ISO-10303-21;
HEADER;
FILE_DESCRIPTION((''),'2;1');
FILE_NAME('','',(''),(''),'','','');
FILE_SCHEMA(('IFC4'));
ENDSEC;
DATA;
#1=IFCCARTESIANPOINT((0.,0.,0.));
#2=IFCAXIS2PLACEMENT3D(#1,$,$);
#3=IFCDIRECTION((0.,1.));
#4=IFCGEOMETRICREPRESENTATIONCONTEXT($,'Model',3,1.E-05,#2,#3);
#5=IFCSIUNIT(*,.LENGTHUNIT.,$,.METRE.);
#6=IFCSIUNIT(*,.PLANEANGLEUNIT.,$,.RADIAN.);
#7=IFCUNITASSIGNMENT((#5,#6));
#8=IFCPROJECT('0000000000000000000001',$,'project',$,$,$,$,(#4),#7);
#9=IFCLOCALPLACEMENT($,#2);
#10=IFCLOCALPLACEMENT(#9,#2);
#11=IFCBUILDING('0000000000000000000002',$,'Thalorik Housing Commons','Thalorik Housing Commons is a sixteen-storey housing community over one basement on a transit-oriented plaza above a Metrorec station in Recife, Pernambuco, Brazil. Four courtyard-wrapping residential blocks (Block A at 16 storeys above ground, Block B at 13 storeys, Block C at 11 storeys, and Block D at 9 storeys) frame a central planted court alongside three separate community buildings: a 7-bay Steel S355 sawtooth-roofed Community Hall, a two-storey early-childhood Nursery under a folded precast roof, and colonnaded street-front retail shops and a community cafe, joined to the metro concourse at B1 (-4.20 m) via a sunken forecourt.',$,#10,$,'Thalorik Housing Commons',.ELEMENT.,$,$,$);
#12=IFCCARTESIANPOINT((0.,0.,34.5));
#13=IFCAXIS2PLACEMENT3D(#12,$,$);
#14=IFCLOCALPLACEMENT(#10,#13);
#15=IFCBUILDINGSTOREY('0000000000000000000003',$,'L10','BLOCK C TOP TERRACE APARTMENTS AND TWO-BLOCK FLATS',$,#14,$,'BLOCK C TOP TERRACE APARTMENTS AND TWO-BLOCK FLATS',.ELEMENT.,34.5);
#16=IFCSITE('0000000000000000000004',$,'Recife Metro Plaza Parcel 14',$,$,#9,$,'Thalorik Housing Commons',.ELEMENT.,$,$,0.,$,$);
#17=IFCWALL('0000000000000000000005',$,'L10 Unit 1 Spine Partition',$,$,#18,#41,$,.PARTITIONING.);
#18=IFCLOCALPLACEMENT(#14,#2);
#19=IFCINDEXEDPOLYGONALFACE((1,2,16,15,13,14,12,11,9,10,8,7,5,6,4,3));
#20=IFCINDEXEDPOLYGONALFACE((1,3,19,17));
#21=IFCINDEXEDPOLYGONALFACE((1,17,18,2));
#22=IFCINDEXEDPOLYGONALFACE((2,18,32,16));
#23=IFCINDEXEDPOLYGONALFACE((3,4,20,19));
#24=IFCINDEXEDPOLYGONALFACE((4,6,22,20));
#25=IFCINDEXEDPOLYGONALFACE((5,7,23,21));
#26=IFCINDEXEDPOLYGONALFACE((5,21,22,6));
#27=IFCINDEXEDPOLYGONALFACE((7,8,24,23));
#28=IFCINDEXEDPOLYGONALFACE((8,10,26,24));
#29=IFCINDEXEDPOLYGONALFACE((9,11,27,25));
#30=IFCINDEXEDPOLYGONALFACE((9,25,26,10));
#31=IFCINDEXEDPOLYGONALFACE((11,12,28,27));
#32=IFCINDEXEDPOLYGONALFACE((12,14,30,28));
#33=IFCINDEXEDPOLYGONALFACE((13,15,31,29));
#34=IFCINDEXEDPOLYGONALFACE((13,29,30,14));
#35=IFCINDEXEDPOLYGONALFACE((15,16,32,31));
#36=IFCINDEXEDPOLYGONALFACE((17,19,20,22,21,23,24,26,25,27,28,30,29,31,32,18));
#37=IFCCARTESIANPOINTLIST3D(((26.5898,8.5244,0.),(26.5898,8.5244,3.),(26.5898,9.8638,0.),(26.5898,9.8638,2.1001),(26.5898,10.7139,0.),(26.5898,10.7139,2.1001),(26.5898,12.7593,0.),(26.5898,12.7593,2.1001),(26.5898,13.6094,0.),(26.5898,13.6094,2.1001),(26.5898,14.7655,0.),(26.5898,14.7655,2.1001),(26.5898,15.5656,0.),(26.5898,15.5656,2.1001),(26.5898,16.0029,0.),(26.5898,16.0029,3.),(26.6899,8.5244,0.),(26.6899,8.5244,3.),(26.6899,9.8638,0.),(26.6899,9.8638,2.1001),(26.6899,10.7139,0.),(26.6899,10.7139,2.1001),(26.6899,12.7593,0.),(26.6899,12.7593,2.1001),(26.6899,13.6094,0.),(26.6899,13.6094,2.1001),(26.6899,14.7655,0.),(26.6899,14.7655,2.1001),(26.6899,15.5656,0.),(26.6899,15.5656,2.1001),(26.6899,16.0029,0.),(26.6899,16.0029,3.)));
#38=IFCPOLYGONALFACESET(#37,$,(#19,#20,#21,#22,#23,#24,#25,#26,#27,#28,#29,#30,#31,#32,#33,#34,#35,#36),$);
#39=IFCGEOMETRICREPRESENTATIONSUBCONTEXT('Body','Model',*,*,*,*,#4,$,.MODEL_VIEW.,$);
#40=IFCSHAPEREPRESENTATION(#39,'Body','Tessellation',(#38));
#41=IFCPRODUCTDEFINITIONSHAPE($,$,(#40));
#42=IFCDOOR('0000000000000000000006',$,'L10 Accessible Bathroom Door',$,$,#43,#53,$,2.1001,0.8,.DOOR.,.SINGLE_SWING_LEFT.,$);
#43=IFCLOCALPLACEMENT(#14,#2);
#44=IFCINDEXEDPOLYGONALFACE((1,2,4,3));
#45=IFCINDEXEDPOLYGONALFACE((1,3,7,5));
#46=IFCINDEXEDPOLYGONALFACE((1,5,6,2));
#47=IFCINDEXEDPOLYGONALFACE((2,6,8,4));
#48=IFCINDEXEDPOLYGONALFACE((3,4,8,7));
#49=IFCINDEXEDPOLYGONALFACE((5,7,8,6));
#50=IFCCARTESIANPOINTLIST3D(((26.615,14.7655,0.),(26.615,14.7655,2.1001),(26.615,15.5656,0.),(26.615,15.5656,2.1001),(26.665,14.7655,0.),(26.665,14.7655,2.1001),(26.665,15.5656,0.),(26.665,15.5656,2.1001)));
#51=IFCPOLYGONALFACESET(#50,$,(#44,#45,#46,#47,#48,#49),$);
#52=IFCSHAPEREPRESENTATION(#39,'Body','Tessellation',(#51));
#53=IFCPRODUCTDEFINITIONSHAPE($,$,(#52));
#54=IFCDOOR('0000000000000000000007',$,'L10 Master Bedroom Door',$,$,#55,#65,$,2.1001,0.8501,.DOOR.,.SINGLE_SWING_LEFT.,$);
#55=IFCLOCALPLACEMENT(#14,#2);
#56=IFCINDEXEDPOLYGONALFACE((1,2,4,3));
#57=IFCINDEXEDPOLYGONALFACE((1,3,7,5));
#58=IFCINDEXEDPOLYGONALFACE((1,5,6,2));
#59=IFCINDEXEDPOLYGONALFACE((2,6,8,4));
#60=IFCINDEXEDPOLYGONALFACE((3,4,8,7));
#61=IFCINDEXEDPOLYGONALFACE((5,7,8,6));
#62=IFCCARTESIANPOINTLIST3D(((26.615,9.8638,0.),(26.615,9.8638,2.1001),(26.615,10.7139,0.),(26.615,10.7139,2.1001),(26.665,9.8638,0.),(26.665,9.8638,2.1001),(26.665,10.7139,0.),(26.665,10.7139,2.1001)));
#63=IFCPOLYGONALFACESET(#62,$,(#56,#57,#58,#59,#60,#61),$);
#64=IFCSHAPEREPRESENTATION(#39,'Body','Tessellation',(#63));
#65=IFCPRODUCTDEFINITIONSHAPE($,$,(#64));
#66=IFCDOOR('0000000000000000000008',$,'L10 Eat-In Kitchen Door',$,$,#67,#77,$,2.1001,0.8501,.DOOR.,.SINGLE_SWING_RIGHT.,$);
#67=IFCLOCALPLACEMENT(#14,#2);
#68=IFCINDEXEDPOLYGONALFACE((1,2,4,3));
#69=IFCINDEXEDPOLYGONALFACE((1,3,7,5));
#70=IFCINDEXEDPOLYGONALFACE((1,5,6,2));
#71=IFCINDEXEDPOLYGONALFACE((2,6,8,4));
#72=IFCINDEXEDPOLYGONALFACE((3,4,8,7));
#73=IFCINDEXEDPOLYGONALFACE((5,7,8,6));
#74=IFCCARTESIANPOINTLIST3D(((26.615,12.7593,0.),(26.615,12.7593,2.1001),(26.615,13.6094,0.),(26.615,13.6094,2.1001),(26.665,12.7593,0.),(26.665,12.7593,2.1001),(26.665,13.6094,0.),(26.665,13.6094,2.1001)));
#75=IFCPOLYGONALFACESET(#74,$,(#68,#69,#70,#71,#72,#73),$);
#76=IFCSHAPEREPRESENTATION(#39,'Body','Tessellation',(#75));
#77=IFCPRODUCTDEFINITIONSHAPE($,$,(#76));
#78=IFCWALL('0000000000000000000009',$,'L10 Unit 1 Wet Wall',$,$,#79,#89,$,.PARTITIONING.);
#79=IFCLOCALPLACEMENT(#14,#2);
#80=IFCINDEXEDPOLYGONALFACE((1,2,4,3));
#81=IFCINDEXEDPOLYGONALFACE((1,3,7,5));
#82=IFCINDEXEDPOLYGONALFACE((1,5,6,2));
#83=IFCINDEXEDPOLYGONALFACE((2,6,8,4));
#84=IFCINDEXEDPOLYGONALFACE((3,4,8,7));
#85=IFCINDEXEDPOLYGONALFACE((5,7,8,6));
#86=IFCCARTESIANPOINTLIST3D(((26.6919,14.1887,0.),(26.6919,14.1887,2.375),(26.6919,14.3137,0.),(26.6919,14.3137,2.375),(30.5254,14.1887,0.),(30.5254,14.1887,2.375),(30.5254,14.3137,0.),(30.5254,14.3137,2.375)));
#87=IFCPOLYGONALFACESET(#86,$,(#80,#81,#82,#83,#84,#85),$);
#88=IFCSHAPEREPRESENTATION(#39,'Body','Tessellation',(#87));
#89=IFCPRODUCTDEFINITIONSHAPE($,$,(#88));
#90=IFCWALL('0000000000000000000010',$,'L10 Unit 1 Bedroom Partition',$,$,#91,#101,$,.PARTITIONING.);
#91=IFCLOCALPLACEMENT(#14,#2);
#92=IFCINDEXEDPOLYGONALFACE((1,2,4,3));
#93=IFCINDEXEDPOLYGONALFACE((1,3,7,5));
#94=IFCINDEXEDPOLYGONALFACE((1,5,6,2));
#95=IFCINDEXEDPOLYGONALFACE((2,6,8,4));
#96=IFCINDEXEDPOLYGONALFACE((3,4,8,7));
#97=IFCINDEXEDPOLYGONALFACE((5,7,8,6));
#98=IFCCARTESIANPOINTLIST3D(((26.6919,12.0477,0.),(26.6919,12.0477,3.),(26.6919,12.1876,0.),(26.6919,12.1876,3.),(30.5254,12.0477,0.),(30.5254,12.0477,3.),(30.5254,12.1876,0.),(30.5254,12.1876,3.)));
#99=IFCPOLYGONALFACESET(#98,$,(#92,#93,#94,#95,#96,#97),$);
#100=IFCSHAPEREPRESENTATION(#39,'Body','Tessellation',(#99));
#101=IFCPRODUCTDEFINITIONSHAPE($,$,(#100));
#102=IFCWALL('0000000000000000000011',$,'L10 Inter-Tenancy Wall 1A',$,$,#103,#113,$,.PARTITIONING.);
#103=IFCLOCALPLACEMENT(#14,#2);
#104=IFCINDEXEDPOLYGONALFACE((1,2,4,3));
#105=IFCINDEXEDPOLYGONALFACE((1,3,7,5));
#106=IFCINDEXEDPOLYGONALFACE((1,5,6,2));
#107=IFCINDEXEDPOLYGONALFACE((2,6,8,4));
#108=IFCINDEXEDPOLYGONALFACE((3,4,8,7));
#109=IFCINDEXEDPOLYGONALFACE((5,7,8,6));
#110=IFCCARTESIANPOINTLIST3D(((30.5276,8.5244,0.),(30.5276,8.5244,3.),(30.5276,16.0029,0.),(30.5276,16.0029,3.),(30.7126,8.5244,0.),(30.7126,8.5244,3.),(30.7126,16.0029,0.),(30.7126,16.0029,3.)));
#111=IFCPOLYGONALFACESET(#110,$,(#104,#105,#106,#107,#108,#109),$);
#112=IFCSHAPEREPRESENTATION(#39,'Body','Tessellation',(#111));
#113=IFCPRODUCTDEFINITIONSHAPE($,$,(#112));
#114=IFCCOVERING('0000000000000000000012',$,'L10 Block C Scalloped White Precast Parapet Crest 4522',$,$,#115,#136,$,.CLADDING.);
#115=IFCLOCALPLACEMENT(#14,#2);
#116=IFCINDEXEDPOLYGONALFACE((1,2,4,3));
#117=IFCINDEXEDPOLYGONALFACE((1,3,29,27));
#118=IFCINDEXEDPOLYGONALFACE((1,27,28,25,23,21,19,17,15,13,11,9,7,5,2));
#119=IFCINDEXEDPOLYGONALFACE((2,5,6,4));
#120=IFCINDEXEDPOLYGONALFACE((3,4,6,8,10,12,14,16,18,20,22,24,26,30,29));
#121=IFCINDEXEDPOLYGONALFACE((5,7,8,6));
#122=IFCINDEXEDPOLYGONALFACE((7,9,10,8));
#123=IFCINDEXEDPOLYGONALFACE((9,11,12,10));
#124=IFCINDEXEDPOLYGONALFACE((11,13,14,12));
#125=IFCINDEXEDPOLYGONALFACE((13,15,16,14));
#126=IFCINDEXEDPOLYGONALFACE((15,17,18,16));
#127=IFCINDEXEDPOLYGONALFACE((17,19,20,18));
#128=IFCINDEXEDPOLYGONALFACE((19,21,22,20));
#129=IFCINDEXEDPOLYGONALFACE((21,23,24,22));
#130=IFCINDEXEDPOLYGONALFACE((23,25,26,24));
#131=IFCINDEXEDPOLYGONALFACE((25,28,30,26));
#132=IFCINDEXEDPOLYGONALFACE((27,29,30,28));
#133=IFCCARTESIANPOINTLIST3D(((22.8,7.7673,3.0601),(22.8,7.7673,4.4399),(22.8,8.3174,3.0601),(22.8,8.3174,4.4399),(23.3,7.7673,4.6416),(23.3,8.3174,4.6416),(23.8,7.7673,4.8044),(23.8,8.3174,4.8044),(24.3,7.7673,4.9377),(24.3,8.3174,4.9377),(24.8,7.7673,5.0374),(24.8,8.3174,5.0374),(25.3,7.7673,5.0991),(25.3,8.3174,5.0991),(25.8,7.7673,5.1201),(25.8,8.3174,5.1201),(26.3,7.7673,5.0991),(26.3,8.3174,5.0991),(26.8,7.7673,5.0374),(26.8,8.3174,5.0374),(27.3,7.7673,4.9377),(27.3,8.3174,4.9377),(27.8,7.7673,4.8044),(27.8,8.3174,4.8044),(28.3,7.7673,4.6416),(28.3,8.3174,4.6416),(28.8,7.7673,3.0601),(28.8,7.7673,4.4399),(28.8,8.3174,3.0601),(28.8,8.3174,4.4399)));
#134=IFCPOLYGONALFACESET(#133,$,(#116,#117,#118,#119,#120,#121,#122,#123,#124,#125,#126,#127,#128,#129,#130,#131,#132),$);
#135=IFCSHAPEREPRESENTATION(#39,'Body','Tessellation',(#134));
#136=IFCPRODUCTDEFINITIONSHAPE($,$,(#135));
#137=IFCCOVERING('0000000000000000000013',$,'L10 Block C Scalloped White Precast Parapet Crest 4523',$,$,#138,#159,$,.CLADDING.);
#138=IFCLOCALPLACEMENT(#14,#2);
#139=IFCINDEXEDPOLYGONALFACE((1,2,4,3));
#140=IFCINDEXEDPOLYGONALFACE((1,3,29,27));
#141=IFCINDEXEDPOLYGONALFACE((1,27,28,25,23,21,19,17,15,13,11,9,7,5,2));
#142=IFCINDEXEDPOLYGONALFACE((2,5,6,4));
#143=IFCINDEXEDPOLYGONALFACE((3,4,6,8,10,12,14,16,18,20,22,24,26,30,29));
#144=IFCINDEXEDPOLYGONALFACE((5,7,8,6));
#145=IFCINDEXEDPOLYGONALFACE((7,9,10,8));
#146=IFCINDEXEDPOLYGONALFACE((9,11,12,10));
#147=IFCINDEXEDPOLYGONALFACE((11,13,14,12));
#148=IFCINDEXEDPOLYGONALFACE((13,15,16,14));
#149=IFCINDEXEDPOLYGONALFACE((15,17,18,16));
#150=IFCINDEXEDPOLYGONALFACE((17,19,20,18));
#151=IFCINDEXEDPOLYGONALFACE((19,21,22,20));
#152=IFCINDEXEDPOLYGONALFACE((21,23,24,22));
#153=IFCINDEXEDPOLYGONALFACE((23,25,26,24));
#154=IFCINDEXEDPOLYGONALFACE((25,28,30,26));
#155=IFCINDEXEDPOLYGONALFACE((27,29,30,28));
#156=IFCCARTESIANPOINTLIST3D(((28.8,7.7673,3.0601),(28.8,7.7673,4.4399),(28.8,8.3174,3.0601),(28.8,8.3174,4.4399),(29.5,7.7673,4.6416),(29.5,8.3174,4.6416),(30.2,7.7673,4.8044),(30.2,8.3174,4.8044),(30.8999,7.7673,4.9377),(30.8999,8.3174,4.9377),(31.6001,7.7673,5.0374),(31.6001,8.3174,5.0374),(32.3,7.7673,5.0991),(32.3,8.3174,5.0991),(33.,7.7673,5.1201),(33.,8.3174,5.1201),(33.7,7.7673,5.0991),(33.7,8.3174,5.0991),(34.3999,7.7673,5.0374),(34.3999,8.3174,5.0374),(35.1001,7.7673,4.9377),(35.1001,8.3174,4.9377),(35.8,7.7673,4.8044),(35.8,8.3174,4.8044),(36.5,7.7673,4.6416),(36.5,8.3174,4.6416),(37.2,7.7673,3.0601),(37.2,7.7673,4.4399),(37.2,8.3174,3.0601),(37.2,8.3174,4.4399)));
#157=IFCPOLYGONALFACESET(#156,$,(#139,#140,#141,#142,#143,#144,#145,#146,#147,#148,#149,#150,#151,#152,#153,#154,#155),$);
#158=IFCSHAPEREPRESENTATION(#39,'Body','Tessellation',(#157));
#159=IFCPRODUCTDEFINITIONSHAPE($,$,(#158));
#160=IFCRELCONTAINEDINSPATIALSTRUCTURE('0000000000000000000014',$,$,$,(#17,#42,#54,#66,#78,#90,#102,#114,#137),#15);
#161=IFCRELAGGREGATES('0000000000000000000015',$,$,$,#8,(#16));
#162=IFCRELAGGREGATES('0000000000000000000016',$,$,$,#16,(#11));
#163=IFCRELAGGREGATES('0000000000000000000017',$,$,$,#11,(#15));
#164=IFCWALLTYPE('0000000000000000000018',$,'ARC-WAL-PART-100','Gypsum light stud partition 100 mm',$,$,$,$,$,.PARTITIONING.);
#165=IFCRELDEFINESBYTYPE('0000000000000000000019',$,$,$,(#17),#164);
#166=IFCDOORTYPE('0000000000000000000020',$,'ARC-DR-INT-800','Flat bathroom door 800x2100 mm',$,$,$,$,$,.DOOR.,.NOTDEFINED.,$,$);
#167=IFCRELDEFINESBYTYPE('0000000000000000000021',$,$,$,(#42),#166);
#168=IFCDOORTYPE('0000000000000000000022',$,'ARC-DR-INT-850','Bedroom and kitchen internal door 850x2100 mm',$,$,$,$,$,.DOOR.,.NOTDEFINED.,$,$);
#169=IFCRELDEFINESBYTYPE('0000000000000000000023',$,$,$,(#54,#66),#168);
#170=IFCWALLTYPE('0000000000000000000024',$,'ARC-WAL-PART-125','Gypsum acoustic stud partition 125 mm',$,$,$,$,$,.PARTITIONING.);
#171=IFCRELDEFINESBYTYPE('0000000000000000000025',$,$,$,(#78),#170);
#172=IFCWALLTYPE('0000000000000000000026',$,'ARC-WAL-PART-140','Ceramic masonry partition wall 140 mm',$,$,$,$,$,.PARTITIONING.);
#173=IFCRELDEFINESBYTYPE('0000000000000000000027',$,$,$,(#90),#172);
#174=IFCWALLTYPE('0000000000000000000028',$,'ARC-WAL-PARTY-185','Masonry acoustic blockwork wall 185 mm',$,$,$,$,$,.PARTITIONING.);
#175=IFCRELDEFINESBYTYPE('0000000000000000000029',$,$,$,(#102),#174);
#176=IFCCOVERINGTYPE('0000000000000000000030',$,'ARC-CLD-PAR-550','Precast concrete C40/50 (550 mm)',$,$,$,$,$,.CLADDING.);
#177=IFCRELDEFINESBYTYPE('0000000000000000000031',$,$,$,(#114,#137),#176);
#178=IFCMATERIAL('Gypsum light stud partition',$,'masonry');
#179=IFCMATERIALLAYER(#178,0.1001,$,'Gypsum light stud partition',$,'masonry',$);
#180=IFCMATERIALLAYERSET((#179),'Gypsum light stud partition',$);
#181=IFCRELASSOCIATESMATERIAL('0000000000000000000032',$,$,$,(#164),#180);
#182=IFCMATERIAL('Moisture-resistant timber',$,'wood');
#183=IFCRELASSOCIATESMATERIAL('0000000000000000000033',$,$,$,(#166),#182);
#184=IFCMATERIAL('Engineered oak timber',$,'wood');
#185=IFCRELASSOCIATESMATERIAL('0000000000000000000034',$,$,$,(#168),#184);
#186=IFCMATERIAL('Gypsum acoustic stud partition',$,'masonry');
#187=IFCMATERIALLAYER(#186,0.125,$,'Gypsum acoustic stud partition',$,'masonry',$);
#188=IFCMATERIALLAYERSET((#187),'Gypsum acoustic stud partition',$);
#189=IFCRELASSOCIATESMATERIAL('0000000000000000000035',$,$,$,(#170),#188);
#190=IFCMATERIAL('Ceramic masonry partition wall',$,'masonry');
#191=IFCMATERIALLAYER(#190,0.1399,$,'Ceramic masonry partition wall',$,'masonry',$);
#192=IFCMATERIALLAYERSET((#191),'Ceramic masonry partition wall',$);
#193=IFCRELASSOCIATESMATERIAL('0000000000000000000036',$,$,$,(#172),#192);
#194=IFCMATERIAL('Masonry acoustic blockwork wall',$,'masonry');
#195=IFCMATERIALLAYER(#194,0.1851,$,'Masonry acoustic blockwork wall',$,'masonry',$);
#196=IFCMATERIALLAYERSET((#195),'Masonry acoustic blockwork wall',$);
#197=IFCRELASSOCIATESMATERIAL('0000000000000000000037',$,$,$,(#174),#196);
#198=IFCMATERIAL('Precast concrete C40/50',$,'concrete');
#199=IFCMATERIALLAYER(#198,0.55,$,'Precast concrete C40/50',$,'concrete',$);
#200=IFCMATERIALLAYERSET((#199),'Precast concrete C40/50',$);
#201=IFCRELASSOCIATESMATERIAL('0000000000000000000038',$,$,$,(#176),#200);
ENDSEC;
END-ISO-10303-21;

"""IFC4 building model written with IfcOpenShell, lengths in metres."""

from ifc_helpers import new_model, si_unit, direction, frame, frame_2d, origin, place, context, subcontext, project, spatial, polyline, rectangle, outline, extrude, material, layer, layer_set, type_object, element, fill, save


model = new_model("IFC4")

# Units and contexts
model_context = context("Model", 3, precision=1e-05, world=origin(), true_north=direction((0.0, 1.0)))
body_context = subcontext(model_context, "Body", "Model", "MODEL_VIEW")
ifc_project = project(units=[si_unit("LENGTHUNIT", "METRE"), si_unit("PLANEANGLEUNIT", "RADIAN")], contexts=[model_context])

# Site, building, storey
site_placement = place(None, origin())
site = spatial("IfcSite", under=ifc_project, at=site_placement, Name="Recife Metro Plaza Parcel 14", LongName="Thalorik Housing Commons", CompositionType="ELEMENT", RefElevation=0.0)
building_placement = place(site_placement, origin())
building = spatial("IfcBuilding", under=site, at=building_placement, Name="Thalorik Housing Commons", Description="Thalorik Housing Commons is a sixteen-storey housing community over one basement on a transit-oriented plaza above a Metrorec station in Recife, Pernambuco, Brazil. Four courtyard-wrapping residential blocks (Block A at 16 storeys above ground, Block B at 13 storeys, Block C at 11 storeys, and Block D at 9 storeys) frame a central planted court alongside three separate community buildings: a 7-bay Steel S355 sawtooth-roofed Community Hall, a two-storey early-childhood Nursery under a folded precast roof, and colonnaded street-front retail shops and a community cafe, joined to the metro concourse at B1 (-4.20 m) via a sunken forecourt.", LongName="Thalorik Housing Commons", CompositionType="ELEMENT")
storey_placement = place(building_placement, frame((0.0, 0.0, 34.5)))
storey = spatial("IfcBuildingStorey", under=building, at=storey_placement, Name="L10", Description="BLOCK C TOP TERRACE APARTMENTS AND TWO-BLOCK FLATS", LongName="BLOCK C TOP TERRACE APARTMENTS AND TWO-BLOCK FLATS", CompositionType="ELEMENT", Elevation=34.5)

# Shared definitions
ifc_material_1 = material(Name="Precast concrete C40/50", Category="concrete")

# Wall, openings, doors
ifc_material_2 = material(Name="Gypsum light stud partition", Category="masonry")
ifc_layer_1 = layer(ifc_material_2, 0.1001, Name="Gypsum light stud partition", Category="masonry")
ifc_layer_set_1 = layer_set([ifc_layer_1], Name="Gypsum light stud partition")
wall_type_1 = type_object("IfcWallType", Name="ARC-WAL-PART-100", Description="Gypsum light stud partition 100 mm", PredefinedType="PARTITIONING", material=ifc_layer_set_1)
wall_1_placement = place(storey_placement, frame((26.6399, 8.5244, 0.0), z_axis=(0.0, 0.0, 1.0), x_axis=(0.0, 1.0, 0.0)))
wall_1 = element("IfcWall", 1, at=wall_1_placement, inside=storey, type_object=wall_type_1, Name="L10 Unit 1 Spine Partition", PredefinedType="PARTITIONING", context=body_context, shape_type="SweptSolid", body=[
    extrude(rectangle(XDim=7.4785, YDim=0.1001, at=frame_2d((3.7393, 0.0))), origin(), (0.0, 0.0, 1.0), 3.0),
])
opening_1_placement = place(wall_1_placement, frame((1.3394, 0.0, 0.0)))
opening_1 = element("IfcOpeningElement", 2, at=opening_1_placement, cuts=wall_1, PredefinedType="OPENING", context=body_context, shape_type="SweptSolid", body=[
    extrude(rectangle(XDim=0.8501, YDim=2.1001, at=frame_2d((0.425, 1.05))), frame((0.0, 0.0601, 0.0), z_axis=(0.0, -1.0, 0.0), x_axis=(1.0, 0.0, 0.0)), (0.0, 0.0, 1.0), 0.1201),
])
opening_2_placement = place(wall_1_placement, frame((4.2349, 0.0, 0.0)))
opening_2 = element("IfcOpeningElement", 3, at=opening_2_placement, cuts=wall_1, PredefinedType="OPENING", context=body_context, shape_type="SweptSolid", body=[
    extrude(rectangle(XDim=0.8501, YDim=2.1001, at=frame_2d((0.425, 1.05))), frame((0.0, 0.0601, 0.0), z_axis=(0.0, -1.0, 0.0), x_axis=(1.0, 0.0, 0.0)), (0.0, 0.0, 1.0), 0.1201),
])
opening_3_placement = place(wall_1_placement, frame((6.2412, 0.0, 0.0)))
opening_3 = element("IfcOpeningElement", 4, at=opening_3_placement, cuts=wall_1, PredefinedType="OPENING", context=body_context, shape_type="SweptSolid", body=[
    extrude(rectangle(XDim=0.8, YDim=2.1001, at=frame_2d((0.3999, 1.05))), frame((0.0, 0.0601, 0.0), z_axis=(0.0, -1.0, 0.0), x_axis=(1.0, 0.0, 0.0)), (0.0, 0.0, 1.0), 0.1201),
])
ifc_material_3 = material(Name="Moisture-resistant timber", Category="wood")
door_type_1 = type_object("IfcDoorType", Name="ARC-DR-INT-800", Description="Flat bathroom door 800x2100 mm", OperationType="NOTDEFINED", PredefinedType="DOOR", material=ifc_material_3)
door_1_placement = place(opening_3_placement, origin())
door_1 = element("IfcDoor", 5, at=door_1_placement, inside=storey, type_object=door_type_1, Name="L10 Accessible Bathroom Door", OperationType="SINGLE_SWING_LEFT", OverallHeight=2.1001, OverallWidth=0.8, PredefinedType="DOOR", context=body_context, shape_type="SweptSolid", body=[
    extrude(rectangle(XDim=0.8, YDim=2.1001, at=frame_2d((0.3999, 1.05))), frame((0.0, 0.0249, 0.0), z_axis=(0.0, -1.0, 0.0), x_axis=(1.0, 0.0, 0.0)), (0.0, 0.0, 1.0), 0.05),
])
fill(opening_3, door_1)
ifc_material_4 = material(Name="Engineered oak timber", Category="wood")
door_type_2 = type_object("IfcDoorType", Name="ARC-DR-INT-850", Description="Bedroom and kitchen internal door 850x2100 mm", OperationType="NOTDEFINED", PredefinedType="DOOR", material=ifc_material_4)
door_2_placement = place(opening_1_placement, origin())
door_2 = element("IfcDoor", 6, at=door_2_placement, inside=storey, type_object=door_type_2, Name="L10 Master Bedroom Door", OperationType="SINGLE_SWING_LEFT", OverallHeight=2.1001, OverallWidth=0.8501, PredefinedType="DOOR", context=body_context, shape_type="SweptSolid", body=[
    extrude(rectangle(XDim=0.8501, YDim=2.1001, at=frame_2d((0.425, 1.05))), frame((0.0, 0.0249, 0.0), z_axis=(0.0, -1.0, 0.0), x_axis=(1.0, 0.0, 0.0)), (0.0, 0.0, 1.0), 0.05),
])
fill(opening_1, door_2)
door_3_placement = place(opening_2_placement, origin())
door_3 = element("IfcDoor", 7, at=door_3_placement, inside=storey, type_object=door_type_2, Name="L10 Eat-In Kitchen Door", OperationType="SINGLE_SWING_RIGHT", OverallHeight=2.1001, OverallWidth=0.8501, PredefinedType="DOOR", context=body_context, shape_type="SweptSolid", body=[
    extrude(rectangle(XDim=0.8501, YDim=2.1001, at=frame_2d((0.425, 1.05))), frame((0.0, 0.0249, 0.0), z_axis=(0.0, -1.0, 0.0), x_axis=(1.0, 0.0, 0.0)), (0.0, 0.0, 1.0), 0.05),
])
fill(opening_2, door_3)

# Walls
ifc_material_5 = material(Name="Gypsum acoustic stud partition", Category="masonry")
ifc_layer_2 = layer(ifc_material_5, 0.125, Name="Gypsum acoustic stud partition", Category="masonry")
ifc_layer_set_2 = layer_set([ifc_layer_2], Name="Gypsum acoustic stud partition")
wall_type_2 = type_object("IfcWallType", Name="ARC-WAL-PART-125", Description="Gypsum acoustic stud partition 125 mm", PredefinedType="PARTITIONING", material=ifc_layer_set_2)
wall_2_placement = place(storey_placement, frame((26.6919, 14.2512, 0.0), z_axis=(0.0, 0.0, 1.0), x_axis=(1.0, 0.0, 0.0)))
element("IfcWall", 8, at=wall_2_placement, inside=storey, type_object=wall_type_2, Name="L10 Unit 1 Wet Wall", PredefinedType="PARTITIONING", context=body_context, shape_type="SweptSolid", body=[
    extrude(rectangle(XDim=3.8335, YDim=0.125, at=frame_2d((1.9167, 0.0))), origin(), (0.0, 0.0, 1.0), 2.375),
])
ifc_material_6 = material(Name="Ceramic masonry partition wall", Category="masonry")
ifc_layer_3 = layer(ifc_material_6, 0.1399, Name="Ceramic masonry partition wall", Category="masonry")
ifc_layer_set_3 = layer_set([ifc_layer_3], Name="Ceramic masonry partition wall")
wall_type_3 = type_object("IfcWallType", Name="ARC-WAL-PART-140", Description="Ceramic masonry partition wall 140 mm", PredefinedType="PARTITIONING", material=ifc_layer_set_3)
wall_3_placement = place(storey_placement, frame((26.6919, 12.1177, 0.0), z_axis=(0.0, 0.0, 1.0), x_axis=(1.0, 0.0, 0.0)))
element("IfcWall", 9, at=wall_3_placement, inside=storey, type_object=wall_type_3, Name="L10 Unit 1 Bedroom Partition", PredefinedType="PARTITIONING", context=body_context, shape_type="SweptSolid", body=[
    extrude(rectangle(XDim=3.8335, YDim=0.1399, at=frame_2d((1.9167, 0.0))), origin(), (0.0, 0.0, 1.0), 3.0),
])
ifc_material_7 = material(Name="Masonry acoustic blockwork wall", Category="masonry")
ifc_layer_4 = layer(ifc_material_7, 0.1851, Name="Masonry acoustic blockwork wall", Category="masonry")
ifc_layer_set_4 = layer_set([ifc_layer_4], Name="Masonry acoustic blockwork wall")
wall_type_4 = type_object("IfcWallType", Name="ARC-WAL-PARTY-185", Description="Masonry acoustic blockwork wall 185 mm", PredefinedType="PARTITIONING", material=ifc_layer_set_4)
wall_4_placement = place(storey_placement, frame((30.6201, 8.5244, 0.0), z_axis=(0.0, 0.0, 1.0), x_axis=(0.0, 1.0, 0.0)))
element("IfcWall", 10, at=wall_4_placement, inside=storey, type_object=wall_type_4, Name="L10 Inter-Tenancy Wall 1A", PredefinedType="PARTITIONING", context=body_context, shape_type="SweptSolid", body=[
    extrude(rectangle(XDim=7.4785, YDim=0.1851, at=frame_2d((3.7393, 0.0))), origin(), (0.0, 0.0, 1.0), 3.0),
])

# Coverings
ifc_layer_5 = layer(ifc_material_1, 0.55, Name="Precast concrete C40/50", Category="concrete")
ifc_layer_set_5 = layer_set([ifc_layer_5], Name="Precast concrete C40/50")
covering_type_1 = type_object("IfcCoveringType", Name="ARC-CLD-PAR-550", Description="Precast concrete C40/50 (550 mm)", PredefinedType="CLADDING", material=ifc_layer_set_5)
covering_1_placement = place(storey_placement, frame((25.8, 8.0425, 3.0601), z_axis=(0.0, 0.0, 1.0), x_axis=(1.0, 0.0, 0.0)))
element("IfcCovering", 11, at=covering_1_placement, inside=storey, type_object=covering_type_1, Name="L10 Block C Scalloped White Precast Parapet Crest 4522", PredefinedType="CLADDING", context=body_context, shape_type="SweptSolid", body=[
    extrude(outline(polyline([(-3.0, 0.0), (3.0, 0.0), (3.0, 1.3799), (2.5, 1.5815), (2.0, 1.7444), (1.5, 1.8777), (1.0, 1.9773), (0.5, 2.0391), (0.0, 2.0601), (-0.5, 2.0391), (-1.0, 1.9773), (-1.5, 1.8777), (-2.0, 1.7444), (-2.5, 1.5815), (-3.0, 1.3799), (-3.0, 0.0)])), frame((0.0, 0.2749, 0.0), z_axis=(0.0, -1.0, 0.0), x_axis=(1.0, 0.0, 0.0)), (0.0, 0.0, 1.0), 0.55),
])
covering_2_placement = place(storey_placement, frame((33.0, 8.0425, 3.0601), z_axis=(0.0, 0.0, 1.0), x_axis=(1.0, 0.0, 0.0)))
element("IfcCovering", 12, at=covering_2_placement, inside=storey, type_object=covering_type_1, Name="L10 Block C Scalloped White Precast Parapet Crest 4523", PredefinedType="CLADDING", context=body_context, shape_type="SweptSolid", body=[
    extrude(outline(polyline([(-4.2, 0.0), (4.2, 0.0), (4.2, 1.3799), (3.5, 1.5815), (2.8, 1.7444), (2.1001, 1.8777), (1.3999, 1.9773), (0.7, 2.0391), (0.0, 2.0601), (-0.7, 2.0391), (-1.3999, 1.9773), (-2.1001, 1.8777), (-2.8, 1.7444), (-3.5, 1.5815), (-4.2, 1.3799), (-4.2, 0.0)])), frame((0.0, 0.2749, 0.0), z_axis=(0.0, -1.0, 0.0), x_axis=(1.0, 0.0, 0.0)), (0.0, 0.0, 1.0), 0.55),
])

save(model, "model.ifc")
